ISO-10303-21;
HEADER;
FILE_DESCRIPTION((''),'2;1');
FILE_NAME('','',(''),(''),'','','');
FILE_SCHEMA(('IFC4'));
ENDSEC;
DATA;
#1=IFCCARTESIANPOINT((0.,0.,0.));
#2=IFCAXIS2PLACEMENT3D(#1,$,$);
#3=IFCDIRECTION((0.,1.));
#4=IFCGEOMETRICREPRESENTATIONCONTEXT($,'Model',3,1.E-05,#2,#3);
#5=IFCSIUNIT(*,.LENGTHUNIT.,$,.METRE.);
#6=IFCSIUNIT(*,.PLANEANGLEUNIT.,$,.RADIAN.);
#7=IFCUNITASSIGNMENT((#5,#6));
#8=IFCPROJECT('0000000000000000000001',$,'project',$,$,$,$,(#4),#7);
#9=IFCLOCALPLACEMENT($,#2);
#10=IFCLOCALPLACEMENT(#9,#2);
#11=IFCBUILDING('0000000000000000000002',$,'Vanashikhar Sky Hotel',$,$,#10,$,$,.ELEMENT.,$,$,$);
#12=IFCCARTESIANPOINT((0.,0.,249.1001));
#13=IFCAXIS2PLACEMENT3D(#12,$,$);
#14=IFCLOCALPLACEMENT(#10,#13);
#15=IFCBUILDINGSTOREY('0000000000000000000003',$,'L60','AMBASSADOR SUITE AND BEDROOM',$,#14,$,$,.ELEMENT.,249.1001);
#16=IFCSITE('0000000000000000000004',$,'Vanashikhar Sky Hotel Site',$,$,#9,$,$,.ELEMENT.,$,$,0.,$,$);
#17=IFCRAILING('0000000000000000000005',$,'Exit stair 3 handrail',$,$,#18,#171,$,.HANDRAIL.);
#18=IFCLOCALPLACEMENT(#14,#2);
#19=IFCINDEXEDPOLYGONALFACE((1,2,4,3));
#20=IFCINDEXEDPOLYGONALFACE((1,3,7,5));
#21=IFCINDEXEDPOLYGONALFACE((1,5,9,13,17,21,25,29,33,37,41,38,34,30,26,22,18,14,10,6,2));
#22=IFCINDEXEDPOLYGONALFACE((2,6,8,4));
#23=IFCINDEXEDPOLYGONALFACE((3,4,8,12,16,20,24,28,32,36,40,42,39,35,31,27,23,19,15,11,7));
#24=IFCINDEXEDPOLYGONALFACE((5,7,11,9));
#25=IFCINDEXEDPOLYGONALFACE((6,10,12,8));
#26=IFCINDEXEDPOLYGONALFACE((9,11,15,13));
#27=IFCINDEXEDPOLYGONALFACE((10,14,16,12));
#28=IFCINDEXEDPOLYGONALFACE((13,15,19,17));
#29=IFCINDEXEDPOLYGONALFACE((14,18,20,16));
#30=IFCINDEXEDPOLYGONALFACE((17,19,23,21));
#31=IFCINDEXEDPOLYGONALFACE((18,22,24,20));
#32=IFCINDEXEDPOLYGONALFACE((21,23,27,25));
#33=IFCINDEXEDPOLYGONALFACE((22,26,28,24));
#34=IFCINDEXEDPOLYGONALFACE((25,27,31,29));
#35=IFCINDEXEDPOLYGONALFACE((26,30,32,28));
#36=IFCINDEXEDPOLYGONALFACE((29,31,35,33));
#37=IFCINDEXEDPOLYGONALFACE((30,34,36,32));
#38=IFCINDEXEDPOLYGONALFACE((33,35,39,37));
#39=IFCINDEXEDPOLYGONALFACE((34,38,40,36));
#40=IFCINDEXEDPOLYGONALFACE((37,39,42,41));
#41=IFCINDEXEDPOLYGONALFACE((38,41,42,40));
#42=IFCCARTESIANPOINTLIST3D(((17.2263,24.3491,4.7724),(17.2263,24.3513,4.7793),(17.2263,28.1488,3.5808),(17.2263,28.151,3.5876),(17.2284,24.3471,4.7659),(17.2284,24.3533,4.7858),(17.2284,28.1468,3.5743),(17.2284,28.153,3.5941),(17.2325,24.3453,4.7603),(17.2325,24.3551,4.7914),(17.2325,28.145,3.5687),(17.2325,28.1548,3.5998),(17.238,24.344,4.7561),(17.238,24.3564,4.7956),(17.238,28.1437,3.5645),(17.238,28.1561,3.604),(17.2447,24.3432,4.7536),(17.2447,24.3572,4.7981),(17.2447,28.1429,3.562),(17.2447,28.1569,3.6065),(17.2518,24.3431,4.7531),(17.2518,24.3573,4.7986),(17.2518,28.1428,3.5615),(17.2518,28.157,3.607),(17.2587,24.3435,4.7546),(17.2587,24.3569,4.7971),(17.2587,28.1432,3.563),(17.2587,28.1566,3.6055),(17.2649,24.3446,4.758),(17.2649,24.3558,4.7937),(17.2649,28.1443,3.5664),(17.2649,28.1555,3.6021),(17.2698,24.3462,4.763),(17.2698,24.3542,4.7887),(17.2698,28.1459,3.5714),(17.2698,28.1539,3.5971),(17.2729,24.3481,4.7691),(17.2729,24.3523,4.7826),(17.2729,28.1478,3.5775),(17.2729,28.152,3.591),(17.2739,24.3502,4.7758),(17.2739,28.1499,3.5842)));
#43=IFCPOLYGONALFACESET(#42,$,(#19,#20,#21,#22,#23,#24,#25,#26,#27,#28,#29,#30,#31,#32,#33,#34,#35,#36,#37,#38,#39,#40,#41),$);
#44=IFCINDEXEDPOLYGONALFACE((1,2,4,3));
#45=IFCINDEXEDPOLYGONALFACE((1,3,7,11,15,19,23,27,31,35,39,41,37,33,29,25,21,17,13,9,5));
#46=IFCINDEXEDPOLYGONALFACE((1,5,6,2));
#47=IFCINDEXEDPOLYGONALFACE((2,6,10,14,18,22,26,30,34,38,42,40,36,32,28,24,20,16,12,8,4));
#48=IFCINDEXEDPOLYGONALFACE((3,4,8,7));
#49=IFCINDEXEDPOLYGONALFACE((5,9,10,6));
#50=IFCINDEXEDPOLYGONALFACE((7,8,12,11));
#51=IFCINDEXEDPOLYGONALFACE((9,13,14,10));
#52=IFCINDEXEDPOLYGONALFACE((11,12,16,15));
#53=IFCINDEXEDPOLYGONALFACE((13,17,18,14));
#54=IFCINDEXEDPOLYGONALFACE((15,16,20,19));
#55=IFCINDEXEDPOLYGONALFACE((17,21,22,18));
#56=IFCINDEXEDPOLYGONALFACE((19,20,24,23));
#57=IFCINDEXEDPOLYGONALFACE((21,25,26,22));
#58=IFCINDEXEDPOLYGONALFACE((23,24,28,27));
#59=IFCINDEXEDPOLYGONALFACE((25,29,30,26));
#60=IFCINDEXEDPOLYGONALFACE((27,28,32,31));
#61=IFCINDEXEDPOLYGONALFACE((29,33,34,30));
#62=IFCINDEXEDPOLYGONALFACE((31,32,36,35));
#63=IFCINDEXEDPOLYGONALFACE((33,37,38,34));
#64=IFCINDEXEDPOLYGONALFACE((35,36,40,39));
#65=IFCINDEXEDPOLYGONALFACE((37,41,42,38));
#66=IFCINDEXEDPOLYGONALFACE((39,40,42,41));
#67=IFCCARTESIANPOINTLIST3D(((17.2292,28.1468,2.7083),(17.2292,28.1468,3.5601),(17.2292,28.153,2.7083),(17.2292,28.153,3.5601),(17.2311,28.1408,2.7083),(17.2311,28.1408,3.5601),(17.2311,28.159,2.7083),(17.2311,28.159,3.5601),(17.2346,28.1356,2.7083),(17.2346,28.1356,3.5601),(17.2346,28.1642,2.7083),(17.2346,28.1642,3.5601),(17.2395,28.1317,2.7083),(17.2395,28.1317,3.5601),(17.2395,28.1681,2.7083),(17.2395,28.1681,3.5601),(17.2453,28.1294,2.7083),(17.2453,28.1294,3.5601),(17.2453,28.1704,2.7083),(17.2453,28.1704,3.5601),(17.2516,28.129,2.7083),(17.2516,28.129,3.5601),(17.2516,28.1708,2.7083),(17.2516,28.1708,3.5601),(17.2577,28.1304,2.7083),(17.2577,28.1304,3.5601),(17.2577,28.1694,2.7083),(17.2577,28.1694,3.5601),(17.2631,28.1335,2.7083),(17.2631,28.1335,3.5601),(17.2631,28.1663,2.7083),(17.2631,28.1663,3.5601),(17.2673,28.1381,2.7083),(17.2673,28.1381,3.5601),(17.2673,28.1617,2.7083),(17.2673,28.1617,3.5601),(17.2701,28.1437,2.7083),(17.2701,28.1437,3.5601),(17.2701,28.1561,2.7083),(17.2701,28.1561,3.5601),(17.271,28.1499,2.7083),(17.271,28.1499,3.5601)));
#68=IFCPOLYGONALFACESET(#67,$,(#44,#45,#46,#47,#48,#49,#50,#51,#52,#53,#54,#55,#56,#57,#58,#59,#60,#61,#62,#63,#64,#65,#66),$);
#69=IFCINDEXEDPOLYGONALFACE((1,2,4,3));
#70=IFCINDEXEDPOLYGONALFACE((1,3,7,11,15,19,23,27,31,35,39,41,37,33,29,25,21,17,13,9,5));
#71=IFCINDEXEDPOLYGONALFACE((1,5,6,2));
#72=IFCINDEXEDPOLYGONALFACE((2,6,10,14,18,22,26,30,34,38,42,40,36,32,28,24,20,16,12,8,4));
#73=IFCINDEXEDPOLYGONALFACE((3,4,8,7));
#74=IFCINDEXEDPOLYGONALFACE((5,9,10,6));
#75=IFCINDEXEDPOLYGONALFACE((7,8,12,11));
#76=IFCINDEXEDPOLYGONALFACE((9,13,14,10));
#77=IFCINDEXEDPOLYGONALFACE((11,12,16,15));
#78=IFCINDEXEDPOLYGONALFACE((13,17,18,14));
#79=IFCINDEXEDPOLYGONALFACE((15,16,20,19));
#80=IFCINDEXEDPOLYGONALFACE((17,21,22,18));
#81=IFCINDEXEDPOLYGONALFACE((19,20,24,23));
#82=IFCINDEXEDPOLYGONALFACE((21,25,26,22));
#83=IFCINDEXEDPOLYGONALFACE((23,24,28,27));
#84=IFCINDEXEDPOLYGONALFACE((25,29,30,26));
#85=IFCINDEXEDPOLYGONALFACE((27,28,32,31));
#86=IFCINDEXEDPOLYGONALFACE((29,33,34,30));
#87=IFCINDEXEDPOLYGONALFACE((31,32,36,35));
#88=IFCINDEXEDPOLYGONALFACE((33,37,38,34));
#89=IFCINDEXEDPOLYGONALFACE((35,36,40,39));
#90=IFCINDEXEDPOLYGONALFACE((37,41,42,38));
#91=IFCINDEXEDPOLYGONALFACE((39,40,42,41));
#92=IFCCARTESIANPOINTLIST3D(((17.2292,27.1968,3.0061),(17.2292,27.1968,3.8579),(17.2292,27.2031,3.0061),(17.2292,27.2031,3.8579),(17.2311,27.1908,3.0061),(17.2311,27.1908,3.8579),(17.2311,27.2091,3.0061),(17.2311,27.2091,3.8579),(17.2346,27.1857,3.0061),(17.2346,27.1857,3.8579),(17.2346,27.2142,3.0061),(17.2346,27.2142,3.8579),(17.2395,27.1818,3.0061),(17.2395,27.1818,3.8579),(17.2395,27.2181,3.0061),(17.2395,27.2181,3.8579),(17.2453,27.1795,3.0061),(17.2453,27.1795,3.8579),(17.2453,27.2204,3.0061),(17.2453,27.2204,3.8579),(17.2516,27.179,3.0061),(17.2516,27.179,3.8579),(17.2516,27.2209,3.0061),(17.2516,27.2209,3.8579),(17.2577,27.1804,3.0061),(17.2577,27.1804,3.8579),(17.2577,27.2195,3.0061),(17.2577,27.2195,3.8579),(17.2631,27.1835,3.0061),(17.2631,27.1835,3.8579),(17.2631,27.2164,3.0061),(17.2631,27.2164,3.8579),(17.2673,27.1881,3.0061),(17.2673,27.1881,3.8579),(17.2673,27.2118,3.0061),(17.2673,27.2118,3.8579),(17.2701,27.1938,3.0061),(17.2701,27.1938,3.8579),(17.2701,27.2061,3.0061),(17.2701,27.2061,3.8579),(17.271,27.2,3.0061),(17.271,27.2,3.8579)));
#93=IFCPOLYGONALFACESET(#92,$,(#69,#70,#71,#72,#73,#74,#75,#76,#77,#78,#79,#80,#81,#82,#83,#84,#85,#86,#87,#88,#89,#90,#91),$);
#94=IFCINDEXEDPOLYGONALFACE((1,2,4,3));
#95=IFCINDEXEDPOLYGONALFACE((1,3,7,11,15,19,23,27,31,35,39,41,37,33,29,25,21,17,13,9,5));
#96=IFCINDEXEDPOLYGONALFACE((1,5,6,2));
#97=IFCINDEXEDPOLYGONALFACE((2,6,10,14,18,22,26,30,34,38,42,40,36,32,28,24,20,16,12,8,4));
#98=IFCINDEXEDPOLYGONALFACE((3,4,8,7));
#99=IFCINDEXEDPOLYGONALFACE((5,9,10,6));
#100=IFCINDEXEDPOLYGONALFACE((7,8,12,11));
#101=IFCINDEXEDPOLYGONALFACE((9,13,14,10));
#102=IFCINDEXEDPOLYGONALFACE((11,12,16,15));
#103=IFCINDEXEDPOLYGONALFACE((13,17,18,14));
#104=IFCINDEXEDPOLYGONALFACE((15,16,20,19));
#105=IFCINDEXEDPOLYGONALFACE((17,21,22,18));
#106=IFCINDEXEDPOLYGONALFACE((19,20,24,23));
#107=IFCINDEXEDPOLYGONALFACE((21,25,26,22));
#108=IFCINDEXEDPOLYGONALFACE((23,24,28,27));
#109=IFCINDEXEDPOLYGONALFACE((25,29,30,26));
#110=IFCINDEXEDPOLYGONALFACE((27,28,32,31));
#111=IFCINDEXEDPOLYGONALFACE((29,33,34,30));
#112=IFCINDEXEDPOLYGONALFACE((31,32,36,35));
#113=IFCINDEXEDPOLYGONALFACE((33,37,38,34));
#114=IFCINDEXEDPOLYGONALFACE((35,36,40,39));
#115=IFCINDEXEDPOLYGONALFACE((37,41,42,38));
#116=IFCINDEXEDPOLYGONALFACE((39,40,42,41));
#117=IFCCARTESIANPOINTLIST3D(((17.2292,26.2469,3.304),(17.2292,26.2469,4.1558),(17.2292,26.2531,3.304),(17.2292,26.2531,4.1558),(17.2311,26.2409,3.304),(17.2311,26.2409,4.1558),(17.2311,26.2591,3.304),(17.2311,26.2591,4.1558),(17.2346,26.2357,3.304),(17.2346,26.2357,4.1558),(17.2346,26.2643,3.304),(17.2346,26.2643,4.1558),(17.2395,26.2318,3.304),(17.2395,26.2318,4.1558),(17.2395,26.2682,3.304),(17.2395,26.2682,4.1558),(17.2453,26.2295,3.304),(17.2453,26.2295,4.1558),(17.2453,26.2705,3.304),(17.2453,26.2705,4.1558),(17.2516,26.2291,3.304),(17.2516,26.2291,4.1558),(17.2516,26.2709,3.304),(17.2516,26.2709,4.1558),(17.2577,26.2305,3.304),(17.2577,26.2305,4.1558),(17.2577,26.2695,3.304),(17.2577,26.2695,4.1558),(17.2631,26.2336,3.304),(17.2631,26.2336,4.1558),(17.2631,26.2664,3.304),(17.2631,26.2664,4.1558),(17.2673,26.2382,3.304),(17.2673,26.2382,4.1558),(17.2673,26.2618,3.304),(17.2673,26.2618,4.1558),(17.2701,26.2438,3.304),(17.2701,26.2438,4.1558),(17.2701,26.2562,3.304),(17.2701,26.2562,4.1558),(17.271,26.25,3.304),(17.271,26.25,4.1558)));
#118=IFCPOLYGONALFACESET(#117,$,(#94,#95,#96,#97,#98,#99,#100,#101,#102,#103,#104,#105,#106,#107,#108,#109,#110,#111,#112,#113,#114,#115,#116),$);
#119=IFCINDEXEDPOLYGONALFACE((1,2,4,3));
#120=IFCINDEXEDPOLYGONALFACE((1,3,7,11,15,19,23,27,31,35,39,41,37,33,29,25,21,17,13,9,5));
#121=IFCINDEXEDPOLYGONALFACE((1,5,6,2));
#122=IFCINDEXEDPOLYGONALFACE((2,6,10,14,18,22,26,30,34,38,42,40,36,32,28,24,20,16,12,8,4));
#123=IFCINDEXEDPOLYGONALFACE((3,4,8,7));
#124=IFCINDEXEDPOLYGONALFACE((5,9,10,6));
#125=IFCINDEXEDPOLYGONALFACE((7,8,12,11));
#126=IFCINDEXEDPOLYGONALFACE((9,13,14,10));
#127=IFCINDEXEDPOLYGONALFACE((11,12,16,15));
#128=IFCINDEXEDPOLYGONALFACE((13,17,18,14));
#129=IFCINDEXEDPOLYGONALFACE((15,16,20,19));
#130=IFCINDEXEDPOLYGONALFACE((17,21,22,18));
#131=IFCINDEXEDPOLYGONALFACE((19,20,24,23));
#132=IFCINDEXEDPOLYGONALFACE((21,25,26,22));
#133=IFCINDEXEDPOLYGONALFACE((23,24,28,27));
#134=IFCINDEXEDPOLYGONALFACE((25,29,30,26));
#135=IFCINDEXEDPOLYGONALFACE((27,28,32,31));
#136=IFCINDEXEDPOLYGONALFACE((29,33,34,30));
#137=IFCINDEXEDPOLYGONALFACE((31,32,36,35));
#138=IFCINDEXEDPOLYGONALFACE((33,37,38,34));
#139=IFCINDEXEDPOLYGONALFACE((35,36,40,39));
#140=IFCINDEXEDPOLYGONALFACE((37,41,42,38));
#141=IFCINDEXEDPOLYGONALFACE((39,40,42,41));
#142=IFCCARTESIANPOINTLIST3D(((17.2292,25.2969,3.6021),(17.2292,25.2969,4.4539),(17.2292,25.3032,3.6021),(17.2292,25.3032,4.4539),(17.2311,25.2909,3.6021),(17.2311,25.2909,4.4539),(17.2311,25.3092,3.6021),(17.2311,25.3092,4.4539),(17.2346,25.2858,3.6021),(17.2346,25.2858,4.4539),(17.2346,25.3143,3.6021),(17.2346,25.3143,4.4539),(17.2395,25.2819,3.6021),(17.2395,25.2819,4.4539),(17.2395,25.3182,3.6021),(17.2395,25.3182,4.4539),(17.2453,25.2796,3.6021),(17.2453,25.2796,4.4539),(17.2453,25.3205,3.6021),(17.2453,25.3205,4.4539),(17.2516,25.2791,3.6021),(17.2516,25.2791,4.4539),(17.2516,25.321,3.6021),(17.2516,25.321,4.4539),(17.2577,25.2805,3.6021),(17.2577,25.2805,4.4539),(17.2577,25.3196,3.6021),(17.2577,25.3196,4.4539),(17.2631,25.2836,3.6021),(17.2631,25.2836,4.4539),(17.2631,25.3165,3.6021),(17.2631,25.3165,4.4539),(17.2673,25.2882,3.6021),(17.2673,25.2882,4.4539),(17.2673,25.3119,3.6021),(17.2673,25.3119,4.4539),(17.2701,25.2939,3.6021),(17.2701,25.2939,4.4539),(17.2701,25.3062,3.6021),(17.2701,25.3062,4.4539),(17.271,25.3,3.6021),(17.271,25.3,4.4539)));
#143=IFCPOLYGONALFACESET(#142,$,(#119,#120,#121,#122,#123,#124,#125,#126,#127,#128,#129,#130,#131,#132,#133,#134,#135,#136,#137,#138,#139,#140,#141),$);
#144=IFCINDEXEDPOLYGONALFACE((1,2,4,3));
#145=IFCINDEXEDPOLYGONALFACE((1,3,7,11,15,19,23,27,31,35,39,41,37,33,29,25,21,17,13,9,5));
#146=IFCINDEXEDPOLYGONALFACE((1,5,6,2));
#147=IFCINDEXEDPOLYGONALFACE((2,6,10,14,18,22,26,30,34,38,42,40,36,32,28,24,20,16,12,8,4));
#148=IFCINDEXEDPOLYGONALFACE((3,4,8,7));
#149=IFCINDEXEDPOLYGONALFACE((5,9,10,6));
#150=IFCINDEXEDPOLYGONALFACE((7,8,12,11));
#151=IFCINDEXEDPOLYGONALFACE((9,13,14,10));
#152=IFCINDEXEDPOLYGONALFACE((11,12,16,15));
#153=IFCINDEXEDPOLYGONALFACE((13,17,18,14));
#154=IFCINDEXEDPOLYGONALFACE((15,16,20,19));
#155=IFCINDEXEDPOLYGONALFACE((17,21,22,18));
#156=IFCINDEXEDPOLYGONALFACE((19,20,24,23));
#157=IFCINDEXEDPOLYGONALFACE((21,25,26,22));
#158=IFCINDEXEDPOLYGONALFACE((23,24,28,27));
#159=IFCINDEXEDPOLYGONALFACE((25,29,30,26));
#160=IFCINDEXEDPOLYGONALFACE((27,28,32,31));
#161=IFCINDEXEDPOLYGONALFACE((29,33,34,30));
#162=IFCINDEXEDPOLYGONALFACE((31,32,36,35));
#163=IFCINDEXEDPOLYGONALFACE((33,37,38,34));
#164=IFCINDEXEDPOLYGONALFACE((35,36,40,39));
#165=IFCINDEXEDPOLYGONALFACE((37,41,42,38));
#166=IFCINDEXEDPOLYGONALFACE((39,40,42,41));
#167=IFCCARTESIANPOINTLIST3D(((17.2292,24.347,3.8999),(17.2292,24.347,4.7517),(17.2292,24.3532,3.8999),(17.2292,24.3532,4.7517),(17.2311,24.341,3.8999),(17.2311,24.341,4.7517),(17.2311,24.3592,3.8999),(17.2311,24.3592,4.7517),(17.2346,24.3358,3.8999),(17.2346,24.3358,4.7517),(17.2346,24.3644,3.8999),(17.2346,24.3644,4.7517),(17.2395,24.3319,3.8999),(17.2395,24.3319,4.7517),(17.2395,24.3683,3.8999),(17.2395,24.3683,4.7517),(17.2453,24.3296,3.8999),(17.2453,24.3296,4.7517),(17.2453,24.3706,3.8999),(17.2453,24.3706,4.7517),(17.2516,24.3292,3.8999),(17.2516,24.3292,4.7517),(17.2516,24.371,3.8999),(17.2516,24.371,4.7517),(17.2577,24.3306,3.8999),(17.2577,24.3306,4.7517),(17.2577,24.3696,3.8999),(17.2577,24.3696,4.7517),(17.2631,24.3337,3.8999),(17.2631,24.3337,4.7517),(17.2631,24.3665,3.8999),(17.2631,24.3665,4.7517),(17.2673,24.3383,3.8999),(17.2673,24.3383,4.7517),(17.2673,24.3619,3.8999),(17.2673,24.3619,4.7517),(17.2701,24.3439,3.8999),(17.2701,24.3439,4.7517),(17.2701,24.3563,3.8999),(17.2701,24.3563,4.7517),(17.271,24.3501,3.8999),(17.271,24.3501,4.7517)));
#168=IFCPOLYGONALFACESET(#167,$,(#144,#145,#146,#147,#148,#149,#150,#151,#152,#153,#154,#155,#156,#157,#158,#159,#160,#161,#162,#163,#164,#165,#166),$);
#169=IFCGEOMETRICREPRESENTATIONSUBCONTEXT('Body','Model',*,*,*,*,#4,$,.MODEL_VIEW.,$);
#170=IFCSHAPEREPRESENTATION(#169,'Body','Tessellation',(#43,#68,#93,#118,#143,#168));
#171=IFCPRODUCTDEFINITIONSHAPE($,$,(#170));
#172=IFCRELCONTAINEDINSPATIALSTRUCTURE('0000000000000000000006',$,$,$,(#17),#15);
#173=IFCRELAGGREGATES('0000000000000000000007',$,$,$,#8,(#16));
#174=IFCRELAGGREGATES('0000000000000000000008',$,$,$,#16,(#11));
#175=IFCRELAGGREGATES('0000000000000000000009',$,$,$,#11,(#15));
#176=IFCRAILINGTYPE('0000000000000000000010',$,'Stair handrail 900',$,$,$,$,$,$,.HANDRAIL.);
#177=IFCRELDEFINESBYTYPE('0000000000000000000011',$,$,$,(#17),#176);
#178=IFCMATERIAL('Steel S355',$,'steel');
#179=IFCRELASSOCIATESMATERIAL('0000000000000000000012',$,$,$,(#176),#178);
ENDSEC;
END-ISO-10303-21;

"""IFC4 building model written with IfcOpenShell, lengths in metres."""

from ifc_helpers import new_model, si_unit, direction, frame, origin, origin_2d, place, context, subcontext, project, spatial, circle, extrude, source, transform, mapped, material, type_object, element, save


model = new_model("IFC4")

# Units and contexts
model_context = context("Model", 3, precision=1e-05, world=origin(), true_north=direction((0.0, 1.0)))
body_context = subcontext(model_context, "Body", "Model", "MODEL_VIEW")
ifc_project = project(units=[si_unit("LENGTHUNIT", "METRE"), si_unit("PLANEANGLEUNIT", "RADIAN")], contexts=[model_context])

# Site, building, storey
site_placement = place(None, origin())
site = spatial("IfcSite", under=ifc_project, at=site_placement, Name="Vanashikhar Sky Hotel Site", CompositionType="ELEMENT", RefElevation=0.0)
building_placement = place(site_placement, origin())
building = spatial("IfcBuilding", under=site, at=building_placement, Name="Vanashikhar Sky Hotel", CompositionType="ELEMENT")
storey_placement = place(building_placement, frame((0.0, 0.0, 249.1001)))
storey = spatial("IfcBuildingStorey", under=building, at=storey_placement, Name="L60", Description="AMBASSADOR SUITE AND BEDROOM", CompositionType="ELEMENT", Elevation=249.1001)

# Railing
ifc_material_1 = material(Name="Steel S355", Category="steel")
railing_type = type_object("IfcRailingType", Name="Stair handrail 900", PredefinedType="HANDRAIL", material=ifc_material_1)
shared_shape_1 = source(origin(), body_context, "Body", "SweptSolid", [
    extrude(circle(Radius=0.0239, at=origin_2d()), frame((0.0, 0.0, 0.876), z_axis=(0.0, -0.954178, 0.299238), x_axis=(1.0, 0.0, 0.0)), (0.0, 0.0, 1.0), 3.9822),
    extrude(circle(Radius=0.021, at=origin_2d()), origin(), (0.0, 0.0, 1.0), 0.8518),
    extrude(circle(Radius=0.021, at=origin_2d()), frame((0.0, -0.95, 0.2979)), (0.0, 0.0, 1.0), 0.8518),
    extrude(circle(Radius=0.021, at=origin_2d()), frame((0.0, -1.8999, 0.5957)), (0.0, 0.0, 1.0), 0.8518),
    extrude(circle(Radius=0.021, at=origin_2d()), frame((0.0, -2.8499, 0.8938)), (0.0, 0.0, 1.0), 0.8518),
    extrude(circle(Radius=0.021, at=origin_2d()), frame((0.0, -3.7998, 1.1917)), (0.0, 0.0, 1.0), 0.8518),
])
for number, where, name in (
    (1, (17.25, 28.1499, 2.7083), "Exit stair 3 handrail"),
):
    element("IfcRailing", number, at=place(storey_placement, frame(where)), inside=storey, type_object=railing_type, Name=name, PredefinedType="HANDRAIL", context=body_context, shape_type="MappedRepresentation", body=[
        mapped(shared_shape_1, transform((0.0, 0.0, 0.0), scale=1.0)),
    ])

save(model, "model.ifc")
